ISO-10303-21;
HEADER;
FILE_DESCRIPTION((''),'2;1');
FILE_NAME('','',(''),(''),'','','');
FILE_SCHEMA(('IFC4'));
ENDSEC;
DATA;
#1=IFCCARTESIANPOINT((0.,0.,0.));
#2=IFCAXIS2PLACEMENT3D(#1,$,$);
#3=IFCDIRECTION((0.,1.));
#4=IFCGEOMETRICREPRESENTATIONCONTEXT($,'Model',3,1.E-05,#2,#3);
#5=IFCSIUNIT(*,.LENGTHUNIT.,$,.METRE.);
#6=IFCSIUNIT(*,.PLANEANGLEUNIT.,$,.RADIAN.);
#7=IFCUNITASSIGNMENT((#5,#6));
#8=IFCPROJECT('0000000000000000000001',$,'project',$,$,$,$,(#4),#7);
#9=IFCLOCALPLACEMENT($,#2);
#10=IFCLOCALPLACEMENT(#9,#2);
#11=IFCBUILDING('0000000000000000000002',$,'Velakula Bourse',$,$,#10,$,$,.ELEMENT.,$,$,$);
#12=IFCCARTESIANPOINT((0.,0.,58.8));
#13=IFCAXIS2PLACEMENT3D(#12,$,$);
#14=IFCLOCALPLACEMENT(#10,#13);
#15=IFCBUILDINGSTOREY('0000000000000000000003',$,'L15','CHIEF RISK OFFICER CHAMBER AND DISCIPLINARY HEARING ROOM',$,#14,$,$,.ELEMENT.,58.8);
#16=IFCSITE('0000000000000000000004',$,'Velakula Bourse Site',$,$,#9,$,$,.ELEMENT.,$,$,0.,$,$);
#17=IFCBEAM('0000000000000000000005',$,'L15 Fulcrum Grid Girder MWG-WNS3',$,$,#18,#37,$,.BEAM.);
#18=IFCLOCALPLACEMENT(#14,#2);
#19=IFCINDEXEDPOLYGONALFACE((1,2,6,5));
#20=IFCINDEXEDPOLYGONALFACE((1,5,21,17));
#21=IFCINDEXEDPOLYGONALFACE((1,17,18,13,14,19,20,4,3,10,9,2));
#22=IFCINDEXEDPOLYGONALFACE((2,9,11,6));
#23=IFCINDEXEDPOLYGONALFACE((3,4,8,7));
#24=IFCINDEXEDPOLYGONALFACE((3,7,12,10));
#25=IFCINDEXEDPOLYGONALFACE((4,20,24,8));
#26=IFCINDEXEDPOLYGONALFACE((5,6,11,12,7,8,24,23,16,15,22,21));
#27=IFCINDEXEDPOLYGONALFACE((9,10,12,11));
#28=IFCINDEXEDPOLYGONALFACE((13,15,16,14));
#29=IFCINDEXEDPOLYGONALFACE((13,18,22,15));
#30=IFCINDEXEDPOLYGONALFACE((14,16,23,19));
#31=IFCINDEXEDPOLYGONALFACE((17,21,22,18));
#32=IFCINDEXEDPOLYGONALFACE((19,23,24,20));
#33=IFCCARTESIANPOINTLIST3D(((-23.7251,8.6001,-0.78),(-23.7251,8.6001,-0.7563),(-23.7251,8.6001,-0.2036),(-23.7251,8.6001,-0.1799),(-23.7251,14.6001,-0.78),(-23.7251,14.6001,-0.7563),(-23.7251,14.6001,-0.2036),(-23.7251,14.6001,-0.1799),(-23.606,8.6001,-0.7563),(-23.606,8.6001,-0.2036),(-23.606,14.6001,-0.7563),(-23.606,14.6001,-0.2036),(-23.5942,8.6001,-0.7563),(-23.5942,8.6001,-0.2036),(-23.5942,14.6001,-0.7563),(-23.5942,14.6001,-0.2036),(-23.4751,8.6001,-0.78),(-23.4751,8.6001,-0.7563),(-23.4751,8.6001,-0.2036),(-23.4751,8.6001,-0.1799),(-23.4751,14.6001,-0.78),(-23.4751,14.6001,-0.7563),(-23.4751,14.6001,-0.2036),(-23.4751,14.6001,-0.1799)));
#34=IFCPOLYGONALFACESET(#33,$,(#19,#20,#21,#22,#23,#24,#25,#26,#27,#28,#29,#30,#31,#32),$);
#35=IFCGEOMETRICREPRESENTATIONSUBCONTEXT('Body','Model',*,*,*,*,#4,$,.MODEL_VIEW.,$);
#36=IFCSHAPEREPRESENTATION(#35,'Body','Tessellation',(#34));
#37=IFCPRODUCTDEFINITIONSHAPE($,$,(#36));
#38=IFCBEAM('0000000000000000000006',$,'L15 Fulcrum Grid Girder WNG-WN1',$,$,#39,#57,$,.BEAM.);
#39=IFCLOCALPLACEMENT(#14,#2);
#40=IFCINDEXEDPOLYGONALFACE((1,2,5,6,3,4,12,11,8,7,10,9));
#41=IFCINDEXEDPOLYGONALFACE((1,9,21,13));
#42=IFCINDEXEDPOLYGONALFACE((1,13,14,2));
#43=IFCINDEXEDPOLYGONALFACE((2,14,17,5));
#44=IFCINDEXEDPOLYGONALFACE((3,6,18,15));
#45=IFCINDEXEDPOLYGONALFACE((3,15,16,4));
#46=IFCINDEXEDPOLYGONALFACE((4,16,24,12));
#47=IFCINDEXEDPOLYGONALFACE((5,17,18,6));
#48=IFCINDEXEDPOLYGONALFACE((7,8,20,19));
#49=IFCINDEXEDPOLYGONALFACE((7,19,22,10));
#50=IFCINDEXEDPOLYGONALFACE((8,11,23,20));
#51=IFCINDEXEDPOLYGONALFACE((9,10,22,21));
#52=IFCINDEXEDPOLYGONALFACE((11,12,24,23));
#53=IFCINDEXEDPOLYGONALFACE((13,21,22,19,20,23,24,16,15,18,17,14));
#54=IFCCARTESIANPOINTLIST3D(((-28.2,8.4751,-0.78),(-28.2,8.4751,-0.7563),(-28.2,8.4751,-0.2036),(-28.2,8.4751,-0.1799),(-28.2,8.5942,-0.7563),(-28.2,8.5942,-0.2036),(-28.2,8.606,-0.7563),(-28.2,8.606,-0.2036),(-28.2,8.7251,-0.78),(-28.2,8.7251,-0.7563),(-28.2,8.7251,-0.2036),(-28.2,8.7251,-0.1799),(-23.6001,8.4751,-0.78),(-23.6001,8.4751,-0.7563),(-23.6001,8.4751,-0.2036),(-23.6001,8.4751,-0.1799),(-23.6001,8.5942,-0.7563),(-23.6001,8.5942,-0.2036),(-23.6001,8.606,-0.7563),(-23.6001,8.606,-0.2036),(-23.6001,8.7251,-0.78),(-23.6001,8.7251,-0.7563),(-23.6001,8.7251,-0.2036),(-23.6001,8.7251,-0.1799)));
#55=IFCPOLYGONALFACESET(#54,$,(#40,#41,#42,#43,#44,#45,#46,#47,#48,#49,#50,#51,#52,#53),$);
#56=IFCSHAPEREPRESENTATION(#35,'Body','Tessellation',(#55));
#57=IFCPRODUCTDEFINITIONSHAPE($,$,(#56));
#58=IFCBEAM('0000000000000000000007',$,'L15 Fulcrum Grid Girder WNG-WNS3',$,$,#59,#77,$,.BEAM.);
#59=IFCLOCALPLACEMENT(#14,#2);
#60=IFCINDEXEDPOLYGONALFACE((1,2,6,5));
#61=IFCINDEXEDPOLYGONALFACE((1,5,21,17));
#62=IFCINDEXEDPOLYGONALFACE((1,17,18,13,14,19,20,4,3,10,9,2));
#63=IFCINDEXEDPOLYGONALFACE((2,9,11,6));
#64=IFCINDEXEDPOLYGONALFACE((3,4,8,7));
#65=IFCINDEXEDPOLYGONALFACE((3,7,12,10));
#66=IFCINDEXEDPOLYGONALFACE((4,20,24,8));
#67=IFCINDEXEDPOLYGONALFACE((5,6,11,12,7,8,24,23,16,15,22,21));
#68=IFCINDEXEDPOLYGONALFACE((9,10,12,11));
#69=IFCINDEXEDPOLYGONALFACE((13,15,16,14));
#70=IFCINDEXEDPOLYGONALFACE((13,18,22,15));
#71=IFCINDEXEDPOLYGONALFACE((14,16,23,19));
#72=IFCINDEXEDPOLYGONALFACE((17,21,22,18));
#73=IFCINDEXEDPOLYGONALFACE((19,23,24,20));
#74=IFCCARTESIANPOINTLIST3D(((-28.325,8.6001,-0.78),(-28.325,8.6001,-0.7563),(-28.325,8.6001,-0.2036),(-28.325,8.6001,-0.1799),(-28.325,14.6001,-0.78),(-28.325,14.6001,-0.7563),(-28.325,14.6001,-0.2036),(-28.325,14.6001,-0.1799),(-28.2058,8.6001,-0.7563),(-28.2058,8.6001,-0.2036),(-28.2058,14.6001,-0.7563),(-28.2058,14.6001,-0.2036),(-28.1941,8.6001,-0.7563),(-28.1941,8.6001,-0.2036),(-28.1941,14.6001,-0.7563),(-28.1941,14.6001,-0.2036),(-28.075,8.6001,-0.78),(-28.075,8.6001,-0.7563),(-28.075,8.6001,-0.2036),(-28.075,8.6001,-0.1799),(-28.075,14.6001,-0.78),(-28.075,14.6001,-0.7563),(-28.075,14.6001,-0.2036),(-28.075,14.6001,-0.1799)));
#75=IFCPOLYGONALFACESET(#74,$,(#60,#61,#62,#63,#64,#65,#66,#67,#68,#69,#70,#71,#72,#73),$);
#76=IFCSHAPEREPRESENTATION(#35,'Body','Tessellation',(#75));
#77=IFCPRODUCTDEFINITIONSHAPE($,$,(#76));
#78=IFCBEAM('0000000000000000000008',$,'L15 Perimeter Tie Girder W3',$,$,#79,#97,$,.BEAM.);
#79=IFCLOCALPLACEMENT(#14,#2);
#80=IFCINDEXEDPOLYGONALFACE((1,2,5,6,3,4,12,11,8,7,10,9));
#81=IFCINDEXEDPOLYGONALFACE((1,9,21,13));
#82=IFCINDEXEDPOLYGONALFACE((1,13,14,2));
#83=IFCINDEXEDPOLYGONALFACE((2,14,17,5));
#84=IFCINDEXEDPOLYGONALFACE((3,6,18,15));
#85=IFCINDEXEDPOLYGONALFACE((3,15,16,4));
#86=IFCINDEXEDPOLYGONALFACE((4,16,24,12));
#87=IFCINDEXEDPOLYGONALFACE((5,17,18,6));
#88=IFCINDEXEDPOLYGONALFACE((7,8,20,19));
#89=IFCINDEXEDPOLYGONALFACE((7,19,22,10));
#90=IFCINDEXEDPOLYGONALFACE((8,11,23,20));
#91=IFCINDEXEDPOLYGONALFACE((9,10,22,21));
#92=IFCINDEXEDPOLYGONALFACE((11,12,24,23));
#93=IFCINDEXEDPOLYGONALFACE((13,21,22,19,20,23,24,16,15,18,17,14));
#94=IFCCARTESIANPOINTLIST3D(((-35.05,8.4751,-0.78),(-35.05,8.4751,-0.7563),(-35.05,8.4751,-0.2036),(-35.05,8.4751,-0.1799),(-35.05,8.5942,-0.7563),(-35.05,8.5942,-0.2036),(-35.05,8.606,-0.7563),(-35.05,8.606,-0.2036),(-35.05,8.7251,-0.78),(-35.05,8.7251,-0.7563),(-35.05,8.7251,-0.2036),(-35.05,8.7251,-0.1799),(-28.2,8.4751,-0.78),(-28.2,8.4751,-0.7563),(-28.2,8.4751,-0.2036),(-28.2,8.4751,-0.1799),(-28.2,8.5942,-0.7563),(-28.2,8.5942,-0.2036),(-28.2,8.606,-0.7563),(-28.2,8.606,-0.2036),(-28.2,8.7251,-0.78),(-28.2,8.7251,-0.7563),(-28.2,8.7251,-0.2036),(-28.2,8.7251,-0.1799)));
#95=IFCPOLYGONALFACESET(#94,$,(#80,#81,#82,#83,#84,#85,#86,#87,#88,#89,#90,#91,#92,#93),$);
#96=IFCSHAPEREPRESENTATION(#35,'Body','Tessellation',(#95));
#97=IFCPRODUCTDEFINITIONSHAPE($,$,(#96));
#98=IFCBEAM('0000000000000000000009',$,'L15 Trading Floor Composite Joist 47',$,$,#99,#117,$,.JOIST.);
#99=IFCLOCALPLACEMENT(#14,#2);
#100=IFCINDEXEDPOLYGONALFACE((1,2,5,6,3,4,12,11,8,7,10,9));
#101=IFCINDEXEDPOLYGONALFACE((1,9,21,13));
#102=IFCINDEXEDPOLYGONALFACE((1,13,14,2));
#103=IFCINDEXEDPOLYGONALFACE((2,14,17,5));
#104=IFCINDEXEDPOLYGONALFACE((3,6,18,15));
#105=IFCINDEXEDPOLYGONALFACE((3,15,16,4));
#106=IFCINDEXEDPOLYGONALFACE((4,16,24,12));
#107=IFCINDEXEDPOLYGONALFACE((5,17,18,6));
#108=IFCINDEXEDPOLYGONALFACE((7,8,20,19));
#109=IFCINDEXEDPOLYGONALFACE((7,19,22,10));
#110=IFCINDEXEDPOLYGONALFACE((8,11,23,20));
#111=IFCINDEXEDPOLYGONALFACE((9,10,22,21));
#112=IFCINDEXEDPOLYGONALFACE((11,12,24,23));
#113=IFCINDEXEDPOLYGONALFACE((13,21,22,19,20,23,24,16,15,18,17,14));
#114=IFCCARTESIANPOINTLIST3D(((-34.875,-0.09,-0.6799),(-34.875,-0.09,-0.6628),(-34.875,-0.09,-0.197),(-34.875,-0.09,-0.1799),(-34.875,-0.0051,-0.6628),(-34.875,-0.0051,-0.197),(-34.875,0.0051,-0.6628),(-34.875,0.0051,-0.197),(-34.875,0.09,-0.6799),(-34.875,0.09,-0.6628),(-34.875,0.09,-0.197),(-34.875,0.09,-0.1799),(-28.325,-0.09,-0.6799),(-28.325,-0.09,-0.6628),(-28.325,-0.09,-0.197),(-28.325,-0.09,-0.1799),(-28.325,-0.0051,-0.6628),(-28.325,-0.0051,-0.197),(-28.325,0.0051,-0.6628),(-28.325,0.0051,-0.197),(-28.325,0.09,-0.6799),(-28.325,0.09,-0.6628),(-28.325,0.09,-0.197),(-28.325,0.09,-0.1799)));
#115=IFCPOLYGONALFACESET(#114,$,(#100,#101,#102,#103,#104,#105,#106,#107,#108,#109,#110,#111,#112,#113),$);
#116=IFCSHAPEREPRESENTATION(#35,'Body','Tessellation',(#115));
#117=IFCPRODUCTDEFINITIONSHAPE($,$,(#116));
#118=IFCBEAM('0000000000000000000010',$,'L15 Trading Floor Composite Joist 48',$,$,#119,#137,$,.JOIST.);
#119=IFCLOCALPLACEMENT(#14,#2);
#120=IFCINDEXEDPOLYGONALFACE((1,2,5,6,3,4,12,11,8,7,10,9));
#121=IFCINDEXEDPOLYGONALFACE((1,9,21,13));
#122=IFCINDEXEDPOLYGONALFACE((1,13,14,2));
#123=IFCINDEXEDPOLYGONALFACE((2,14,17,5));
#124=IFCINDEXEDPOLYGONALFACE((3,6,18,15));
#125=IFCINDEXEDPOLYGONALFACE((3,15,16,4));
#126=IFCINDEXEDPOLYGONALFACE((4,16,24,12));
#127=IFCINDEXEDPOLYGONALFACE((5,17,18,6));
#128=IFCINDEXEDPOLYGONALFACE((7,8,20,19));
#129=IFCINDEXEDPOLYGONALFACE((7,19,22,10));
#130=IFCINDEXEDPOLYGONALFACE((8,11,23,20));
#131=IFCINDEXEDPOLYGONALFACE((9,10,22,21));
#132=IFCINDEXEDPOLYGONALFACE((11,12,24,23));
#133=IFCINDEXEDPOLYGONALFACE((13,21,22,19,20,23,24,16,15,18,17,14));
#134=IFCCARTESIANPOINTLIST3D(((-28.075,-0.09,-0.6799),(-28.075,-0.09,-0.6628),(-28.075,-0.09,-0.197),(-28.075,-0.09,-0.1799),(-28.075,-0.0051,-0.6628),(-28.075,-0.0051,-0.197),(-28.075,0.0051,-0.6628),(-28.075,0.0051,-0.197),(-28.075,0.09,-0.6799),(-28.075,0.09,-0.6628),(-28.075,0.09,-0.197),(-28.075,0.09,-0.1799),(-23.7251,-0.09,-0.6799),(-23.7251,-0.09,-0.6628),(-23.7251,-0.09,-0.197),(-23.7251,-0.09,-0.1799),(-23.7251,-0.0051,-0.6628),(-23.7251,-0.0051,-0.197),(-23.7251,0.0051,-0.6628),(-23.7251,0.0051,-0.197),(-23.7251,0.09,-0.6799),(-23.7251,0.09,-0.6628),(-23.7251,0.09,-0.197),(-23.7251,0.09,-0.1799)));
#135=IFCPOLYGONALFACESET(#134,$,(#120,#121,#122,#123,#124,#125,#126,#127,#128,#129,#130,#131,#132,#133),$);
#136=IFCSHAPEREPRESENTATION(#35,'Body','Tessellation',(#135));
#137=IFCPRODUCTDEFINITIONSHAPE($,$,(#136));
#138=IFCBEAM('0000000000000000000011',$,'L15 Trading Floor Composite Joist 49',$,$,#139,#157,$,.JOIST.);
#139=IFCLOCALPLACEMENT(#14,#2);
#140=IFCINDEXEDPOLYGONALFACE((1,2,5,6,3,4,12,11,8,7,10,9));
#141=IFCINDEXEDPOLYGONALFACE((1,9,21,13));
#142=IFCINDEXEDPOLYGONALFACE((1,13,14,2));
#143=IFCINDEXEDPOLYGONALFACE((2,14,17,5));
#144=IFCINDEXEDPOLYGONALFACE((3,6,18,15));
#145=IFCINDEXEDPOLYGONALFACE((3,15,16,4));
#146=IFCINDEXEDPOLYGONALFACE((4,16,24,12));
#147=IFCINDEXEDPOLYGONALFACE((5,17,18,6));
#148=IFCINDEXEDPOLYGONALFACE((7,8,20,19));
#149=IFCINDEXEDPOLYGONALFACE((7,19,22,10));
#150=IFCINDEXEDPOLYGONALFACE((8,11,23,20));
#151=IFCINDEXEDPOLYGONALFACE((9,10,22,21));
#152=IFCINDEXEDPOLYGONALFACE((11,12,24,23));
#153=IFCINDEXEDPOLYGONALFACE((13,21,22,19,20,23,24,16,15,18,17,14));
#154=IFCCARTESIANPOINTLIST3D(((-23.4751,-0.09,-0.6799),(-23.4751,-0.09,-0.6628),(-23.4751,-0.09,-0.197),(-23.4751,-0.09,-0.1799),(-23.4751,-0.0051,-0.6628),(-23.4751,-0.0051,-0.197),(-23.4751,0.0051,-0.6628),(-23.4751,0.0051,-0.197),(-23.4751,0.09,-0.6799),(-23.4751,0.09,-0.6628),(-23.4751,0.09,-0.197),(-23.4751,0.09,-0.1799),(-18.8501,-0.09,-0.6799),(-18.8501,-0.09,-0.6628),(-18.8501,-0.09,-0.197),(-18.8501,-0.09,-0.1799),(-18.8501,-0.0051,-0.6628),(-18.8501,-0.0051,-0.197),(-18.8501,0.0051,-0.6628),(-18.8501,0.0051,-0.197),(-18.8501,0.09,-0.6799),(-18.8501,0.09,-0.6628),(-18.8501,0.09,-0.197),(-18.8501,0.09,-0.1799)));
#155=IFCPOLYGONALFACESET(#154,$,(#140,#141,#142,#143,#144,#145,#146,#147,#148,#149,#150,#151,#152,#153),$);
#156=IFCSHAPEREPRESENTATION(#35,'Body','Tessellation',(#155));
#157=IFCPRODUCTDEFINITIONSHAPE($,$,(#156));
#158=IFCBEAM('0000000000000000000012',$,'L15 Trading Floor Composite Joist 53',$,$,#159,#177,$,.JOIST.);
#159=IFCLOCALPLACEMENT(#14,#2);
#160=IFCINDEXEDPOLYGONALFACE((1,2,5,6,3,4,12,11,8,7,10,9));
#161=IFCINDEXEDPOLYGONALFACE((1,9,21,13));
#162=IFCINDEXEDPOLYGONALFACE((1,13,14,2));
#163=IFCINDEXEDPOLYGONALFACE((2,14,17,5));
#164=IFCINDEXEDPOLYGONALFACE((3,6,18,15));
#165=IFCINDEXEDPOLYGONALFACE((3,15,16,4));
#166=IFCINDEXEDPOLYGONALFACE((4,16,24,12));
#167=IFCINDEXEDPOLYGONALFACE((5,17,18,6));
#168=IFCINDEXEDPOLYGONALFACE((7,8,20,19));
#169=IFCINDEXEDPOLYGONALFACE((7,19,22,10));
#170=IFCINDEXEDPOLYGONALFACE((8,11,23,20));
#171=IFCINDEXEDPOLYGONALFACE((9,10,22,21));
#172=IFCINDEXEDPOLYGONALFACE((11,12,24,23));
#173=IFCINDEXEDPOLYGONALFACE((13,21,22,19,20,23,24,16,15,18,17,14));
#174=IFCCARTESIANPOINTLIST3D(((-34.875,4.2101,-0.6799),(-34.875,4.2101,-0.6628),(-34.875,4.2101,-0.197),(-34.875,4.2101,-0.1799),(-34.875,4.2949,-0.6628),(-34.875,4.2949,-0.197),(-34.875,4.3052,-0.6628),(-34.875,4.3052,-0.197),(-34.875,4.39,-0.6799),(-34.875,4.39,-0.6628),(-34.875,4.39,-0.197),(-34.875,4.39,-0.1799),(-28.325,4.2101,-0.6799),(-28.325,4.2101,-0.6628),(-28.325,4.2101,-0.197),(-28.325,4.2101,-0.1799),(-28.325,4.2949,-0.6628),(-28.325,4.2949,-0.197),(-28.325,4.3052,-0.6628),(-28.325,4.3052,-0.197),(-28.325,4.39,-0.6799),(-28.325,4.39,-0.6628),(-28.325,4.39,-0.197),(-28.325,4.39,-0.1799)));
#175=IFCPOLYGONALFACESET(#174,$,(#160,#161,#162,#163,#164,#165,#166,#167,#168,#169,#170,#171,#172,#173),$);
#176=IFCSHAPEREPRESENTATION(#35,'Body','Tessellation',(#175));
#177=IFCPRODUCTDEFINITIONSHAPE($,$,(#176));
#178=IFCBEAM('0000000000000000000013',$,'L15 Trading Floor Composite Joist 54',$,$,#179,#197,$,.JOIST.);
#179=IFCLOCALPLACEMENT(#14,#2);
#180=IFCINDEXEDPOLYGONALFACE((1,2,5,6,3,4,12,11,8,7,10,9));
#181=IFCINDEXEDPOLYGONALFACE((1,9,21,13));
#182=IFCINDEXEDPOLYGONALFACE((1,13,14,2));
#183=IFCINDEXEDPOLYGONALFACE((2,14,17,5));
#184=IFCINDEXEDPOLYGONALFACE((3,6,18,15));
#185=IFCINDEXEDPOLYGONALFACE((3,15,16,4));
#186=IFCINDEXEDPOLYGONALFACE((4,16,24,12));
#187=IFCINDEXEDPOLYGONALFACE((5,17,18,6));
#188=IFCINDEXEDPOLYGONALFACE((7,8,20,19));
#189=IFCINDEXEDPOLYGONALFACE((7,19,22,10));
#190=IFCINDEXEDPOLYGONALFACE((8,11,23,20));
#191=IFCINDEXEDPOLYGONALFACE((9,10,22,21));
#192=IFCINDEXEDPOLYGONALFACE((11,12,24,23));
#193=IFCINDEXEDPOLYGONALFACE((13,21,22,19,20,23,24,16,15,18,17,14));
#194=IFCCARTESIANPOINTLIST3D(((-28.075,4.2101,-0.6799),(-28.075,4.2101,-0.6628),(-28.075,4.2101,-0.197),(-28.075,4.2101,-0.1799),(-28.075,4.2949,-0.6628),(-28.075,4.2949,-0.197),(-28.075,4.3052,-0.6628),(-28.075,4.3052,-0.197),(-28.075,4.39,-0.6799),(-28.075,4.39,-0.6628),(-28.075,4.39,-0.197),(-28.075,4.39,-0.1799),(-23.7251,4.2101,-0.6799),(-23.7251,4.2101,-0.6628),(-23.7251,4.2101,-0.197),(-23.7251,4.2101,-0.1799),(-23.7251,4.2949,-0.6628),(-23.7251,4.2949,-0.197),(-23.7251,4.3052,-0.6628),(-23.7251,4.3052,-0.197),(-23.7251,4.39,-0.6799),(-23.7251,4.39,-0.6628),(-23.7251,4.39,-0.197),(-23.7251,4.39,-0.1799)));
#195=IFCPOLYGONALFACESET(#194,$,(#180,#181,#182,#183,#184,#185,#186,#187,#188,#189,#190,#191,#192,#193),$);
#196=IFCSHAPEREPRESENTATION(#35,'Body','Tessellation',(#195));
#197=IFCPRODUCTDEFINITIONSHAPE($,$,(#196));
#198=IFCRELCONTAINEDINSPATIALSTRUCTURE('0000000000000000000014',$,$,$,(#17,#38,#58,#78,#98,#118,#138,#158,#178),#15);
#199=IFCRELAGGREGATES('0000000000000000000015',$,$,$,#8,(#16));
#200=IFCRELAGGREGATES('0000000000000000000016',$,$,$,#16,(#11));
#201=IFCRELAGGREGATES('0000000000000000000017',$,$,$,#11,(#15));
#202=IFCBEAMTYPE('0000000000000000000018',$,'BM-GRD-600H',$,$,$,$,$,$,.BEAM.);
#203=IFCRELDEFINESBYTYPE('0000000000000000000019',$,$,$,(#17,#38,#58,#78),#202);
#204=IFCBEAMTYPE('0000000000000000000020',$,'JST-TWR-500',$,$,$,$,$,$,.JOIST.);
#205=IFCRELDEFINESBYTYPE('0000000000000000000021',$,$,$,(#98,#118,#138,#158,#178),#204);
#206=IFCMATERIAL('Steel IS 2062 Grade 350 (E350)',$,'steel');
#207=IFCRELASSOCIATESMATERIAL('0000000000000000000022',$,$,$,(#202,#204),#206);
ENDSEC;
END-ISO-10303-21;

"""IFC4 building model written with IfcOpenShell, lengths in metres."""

from ifc_helpers import new_model, si_unit, direction, frame, origin, origin_2d, place, context, subcontext, project, spatial, i_section, extrude, material, material_profile, profile_set, type_object, element, save


model = new_model("IFC4")

# Units and contexts
model_context = context("Model", 3, precision=1e-05, world=origin(), true_north=direction((0.0, 1.0)))
body_context = subcontext(model_context, "Body", "Model", "MODEL_VIEW")
ifc_project = project(units=[si_unit("LENGTHUNIT", "METRE"), si_unit("PLANEANGLEUNIT", "RADIAN")], contexts=[model_context])

# Site, building, storey
site_placement = place(None, origin())
site = spatial("IfcSite", under=ifc_project, at=site_placement, Name="Velakula Bourse Site", CompositionType="ELEMENT", RefElevation=0.0)
building_placement = place(site_placement, origin())
building = spatial("IfcBuilding", under=site, at=building_placement, Name="Velakula Bourse", CompositionType="ELEMENT")
storey_placement = place(building_placement, frame((0.0, 0.0, 58.8)))
storey = spatial("IfcBuildingStorey", under=building, at=storey_placement, Name="L15", Description="CHIEF RISK OFFICER CHAMBER AND DISCIPLINARY HEARING ROOM", CompositionType="ELEMENT", Elevation=58.8)

# Beams
ifc_material_1 = material(Name="Steel IS 2062 Grade 350 (E350)", Category="steel")
ifc_material_profile_1 = material_profile(ifc_material_1, i_section(OverallWidth=0.25, OverallDepth=0.6001, WebThickness=0.0117, FlangeThickness=0.0237, at=origin_2d()), Name="Steel IS 2062 Grade 350 (E350)")
ifc_profile_set_1 = profile_set([ifc_material_profile_1], Name="Steel IS 2062 Grade 350 (E350)")
beam_type_1 = type_object("IfcBeamType", Name="BM-GRD-600H", PredefinedType="BEAM", material=ifc_profile_set_1)
beam_1_placement = place(storey_placement, frame((-23.6001, 8.6001, -0.48), z_axis=(0.0, 1.0, 0.0), x_axis=(-1.0, 0.0, 0.0)))
element("IfcBeam", 1, at=beam_1_placement, inside=storey, type_object=beam_type_1, Name="L15 Fulcrum Grid Girder MWG-WNS3", PredefinedType="BEAM", context=body_context, shape_type="SweptSolid", body=[
    extrude(i_section(OverallWidth=0.25, OverallDepth=0.6001, WebThickness=0.0117, FlangeThickness=0.0237, at=origin_2d()), origin(), (0.0, 0.0, 1.0), 6.0),
])
beam_2_placement = place(storey_placement, frame((-28.2, 8.6001, -0.48), z_axis=(1.0, 0.0, 0.0), x_axis=(0.0, 1.0, 0.0)))
element("IfcBeam", 2, at=beam_2_placement, inside=storey, type_object=beam_type_1, Name="L15 Fulcrum Grid Girder WNG-WN1", PredefinedType="BEAM", context=body_context, shape_type="SweptSolid", body=[
    extrude(i_section(OverallWidth=0.25, OverallDepth=0.6001, WebThickness=0.0117, FlangeThickness=0.0237, at=origin_2d()), origin(), (0.0, 0.0, 1.0), 4.5999),
])
beam_3_placement = place(storey_placement, frame((-28.2, 8.6001, -0.48), z_axis=(0.0, 1.0, 0.0), x_axis=(-1.0, 0.0, 0.0)))
element("IfcBeam", 3, at=beam_3_placement, inside=storey, type_object=beam_type_1, Name="L15 Fulcrum Grid Girder WNG-WNS3", PredefinedType="BEAM", context=body_context, shape_type="SweptSolid", body=[
    extrude(i_section(OverallWidth=0.25, OverallDepth=0.6001, WebThickness=0.0117, FlangeThickness=0.0237, at=origin_2d()), origin(), (0.0, 0.0, 1.0), 6.0),
])
beam_4_placement = place(storey_placement, frame((-28.2, 8.6001, -0.48), z_axis=(-1.0, 0.0, 0.0), x_axis=(0.0, -1.0, 0.0)))
element("IfcBeam", 4, at=beam_4_placement, inside=storey, type_object=beam_type_1, Name="L15 Perimeter Tie Girder W3", PredefinedType="BEAM", context=body_context, shape_type="SweptSolid", body=[
    extrude(i_section(OverallWidth=0.25, OverallDepth=0.6001, WebThickness=0.0117, FlangeThickness=0.0237, at=origin_2d()), origin(), (0.0, 0.0, 1.0), 6.8501),
])
ifc_material_profile_2 = material_profile(ifc_material_1, i_section(OverallWidth=0.1799, OverallDepth=0.5, WebThickness=0.0103, FlangeThickness=0.0171, at=origin_2d()), Name="Steel IS 2062 Grade 350 (E350)")
ifc_profile_set_2 = profile_set([ifc_material_profile_2], Name="Steel IS 2062 Grade 350 (E350)")
beam_type_2 = type_object("IfcBeamType", Name="JST-TWR-500", PredefinedType="JOIST", material=ifc_profile_set_2)
beam_5_placement = place(storey_placement, frame((-34.875, 0.0, -0.4299), z_axis=(1.0, 0.0, 0.0), x_axis=(0.0, 1.0, 0.0)))
element("IfcBeam", 5, at=beam_5_placement, inside=storey, type_object=beam_type_2, Name="L15 Trading Floor Composite Joist 47", PredefinedType="JOIST", context=body_context, shape_type="SweptSolid", body=[
    extrude(i_section(OverallWidth=0.1799, OverallDepth=0.5, WebThickness=0.0103, FlangeThickness=0.0171, at=origin_2d()), origin(), (0.0, 0.0, 1.0), 6.55),
])
beam_6_placement = place(storey_placement, frame((-28.075, 0.0, -0.4299), z_axis=(1.0, 0.0, 0.0), x_axis=(0.0, 1.0, 0.0)))
element("IfcBeam", 6, at=beam_6_placement, inside=storey, type_object=beam_type_2, Name="L15 Trading Floor Composite Joist 48", PredefinedType="JOIST", context=body_context, shape_type="SweptSolid", body=[
    extrude(i_section(OverallWidth=0.1799, OverallDepth=0.5, WebThickness=0.0103, FlangeThickness=0.0171, at=origin_2d()), origin(), (0.0, 0.0, 1.0), 4.3499),
])
beam_7_placement = place(storey_placement, frame((-23.4751, 0.0, -0.4299), z_axis=(1.0, 0.0, 0.0), x_axis=(0.0, 1.0, 0.0)))
element("IfcBeam", 7, at=beam_7_placement, inside=storey, type_object=beam_type_2, Name="L15 Trading Floor Composite Joist 49", PredefinedType="JOIST", context=body_context, shape_type="SweptSolid", body=[
    extrude(i_section(OverallWidth=0.1799, OverallDepth=0.5, WebThickness=0.0103, FlangeThickness=0.0171, at=origin_2d()), origin(), (0.0, 0.0, 1.0), 4.625),
])
beam_8_placement = place(storey_placement, frame((-34.875, 4.3, -0.4299), z_axis=(1.0, 0.0, 0.0), x_axis=(0.0, 1.0, 0.0)))
element("IfcBeam", 8, at=beam_8_placement, inside=storey, type_object=beam_type_2, Name="L15 Trading Floor Composite Joist 53", PredefinedType="JOIST", context=body_context, shape_type="SweptSolid", body=[
    extrude(i_section(OverallWidth=0.1799, OverallDepth=0.5, WebThickness=0.0103, FlangeThickness=0.0171, at=origin_2d()), origin(), (0.0, 0.0, 1.0), 6.55),
])
beam_9_placement = place(storey_placement, frame((-28.075, 4.3, -0.4299), z_axis=(1.0, 0.0, 0.0), x_axis=(0.0, 1.0, 0.0)))
element("IfcBeam", 9, at=beam_9_placement, inside=storey, type_object=beam_type_2, Name="L15 Trading Floor Composite Joist 54", PredefinedType="JOIST", context=body_context, shape_type="SweptSolid", body=[
    extrude(i_section(OverallWidth=0.1799, OverallDepth=0.5, WebThickness=0.0103, FlangeThickness=0.0171, at=origin_2d()), origin(), (0.0, 0.0, 1.0), 4.3499),
])

save(model, "model.ifc")
